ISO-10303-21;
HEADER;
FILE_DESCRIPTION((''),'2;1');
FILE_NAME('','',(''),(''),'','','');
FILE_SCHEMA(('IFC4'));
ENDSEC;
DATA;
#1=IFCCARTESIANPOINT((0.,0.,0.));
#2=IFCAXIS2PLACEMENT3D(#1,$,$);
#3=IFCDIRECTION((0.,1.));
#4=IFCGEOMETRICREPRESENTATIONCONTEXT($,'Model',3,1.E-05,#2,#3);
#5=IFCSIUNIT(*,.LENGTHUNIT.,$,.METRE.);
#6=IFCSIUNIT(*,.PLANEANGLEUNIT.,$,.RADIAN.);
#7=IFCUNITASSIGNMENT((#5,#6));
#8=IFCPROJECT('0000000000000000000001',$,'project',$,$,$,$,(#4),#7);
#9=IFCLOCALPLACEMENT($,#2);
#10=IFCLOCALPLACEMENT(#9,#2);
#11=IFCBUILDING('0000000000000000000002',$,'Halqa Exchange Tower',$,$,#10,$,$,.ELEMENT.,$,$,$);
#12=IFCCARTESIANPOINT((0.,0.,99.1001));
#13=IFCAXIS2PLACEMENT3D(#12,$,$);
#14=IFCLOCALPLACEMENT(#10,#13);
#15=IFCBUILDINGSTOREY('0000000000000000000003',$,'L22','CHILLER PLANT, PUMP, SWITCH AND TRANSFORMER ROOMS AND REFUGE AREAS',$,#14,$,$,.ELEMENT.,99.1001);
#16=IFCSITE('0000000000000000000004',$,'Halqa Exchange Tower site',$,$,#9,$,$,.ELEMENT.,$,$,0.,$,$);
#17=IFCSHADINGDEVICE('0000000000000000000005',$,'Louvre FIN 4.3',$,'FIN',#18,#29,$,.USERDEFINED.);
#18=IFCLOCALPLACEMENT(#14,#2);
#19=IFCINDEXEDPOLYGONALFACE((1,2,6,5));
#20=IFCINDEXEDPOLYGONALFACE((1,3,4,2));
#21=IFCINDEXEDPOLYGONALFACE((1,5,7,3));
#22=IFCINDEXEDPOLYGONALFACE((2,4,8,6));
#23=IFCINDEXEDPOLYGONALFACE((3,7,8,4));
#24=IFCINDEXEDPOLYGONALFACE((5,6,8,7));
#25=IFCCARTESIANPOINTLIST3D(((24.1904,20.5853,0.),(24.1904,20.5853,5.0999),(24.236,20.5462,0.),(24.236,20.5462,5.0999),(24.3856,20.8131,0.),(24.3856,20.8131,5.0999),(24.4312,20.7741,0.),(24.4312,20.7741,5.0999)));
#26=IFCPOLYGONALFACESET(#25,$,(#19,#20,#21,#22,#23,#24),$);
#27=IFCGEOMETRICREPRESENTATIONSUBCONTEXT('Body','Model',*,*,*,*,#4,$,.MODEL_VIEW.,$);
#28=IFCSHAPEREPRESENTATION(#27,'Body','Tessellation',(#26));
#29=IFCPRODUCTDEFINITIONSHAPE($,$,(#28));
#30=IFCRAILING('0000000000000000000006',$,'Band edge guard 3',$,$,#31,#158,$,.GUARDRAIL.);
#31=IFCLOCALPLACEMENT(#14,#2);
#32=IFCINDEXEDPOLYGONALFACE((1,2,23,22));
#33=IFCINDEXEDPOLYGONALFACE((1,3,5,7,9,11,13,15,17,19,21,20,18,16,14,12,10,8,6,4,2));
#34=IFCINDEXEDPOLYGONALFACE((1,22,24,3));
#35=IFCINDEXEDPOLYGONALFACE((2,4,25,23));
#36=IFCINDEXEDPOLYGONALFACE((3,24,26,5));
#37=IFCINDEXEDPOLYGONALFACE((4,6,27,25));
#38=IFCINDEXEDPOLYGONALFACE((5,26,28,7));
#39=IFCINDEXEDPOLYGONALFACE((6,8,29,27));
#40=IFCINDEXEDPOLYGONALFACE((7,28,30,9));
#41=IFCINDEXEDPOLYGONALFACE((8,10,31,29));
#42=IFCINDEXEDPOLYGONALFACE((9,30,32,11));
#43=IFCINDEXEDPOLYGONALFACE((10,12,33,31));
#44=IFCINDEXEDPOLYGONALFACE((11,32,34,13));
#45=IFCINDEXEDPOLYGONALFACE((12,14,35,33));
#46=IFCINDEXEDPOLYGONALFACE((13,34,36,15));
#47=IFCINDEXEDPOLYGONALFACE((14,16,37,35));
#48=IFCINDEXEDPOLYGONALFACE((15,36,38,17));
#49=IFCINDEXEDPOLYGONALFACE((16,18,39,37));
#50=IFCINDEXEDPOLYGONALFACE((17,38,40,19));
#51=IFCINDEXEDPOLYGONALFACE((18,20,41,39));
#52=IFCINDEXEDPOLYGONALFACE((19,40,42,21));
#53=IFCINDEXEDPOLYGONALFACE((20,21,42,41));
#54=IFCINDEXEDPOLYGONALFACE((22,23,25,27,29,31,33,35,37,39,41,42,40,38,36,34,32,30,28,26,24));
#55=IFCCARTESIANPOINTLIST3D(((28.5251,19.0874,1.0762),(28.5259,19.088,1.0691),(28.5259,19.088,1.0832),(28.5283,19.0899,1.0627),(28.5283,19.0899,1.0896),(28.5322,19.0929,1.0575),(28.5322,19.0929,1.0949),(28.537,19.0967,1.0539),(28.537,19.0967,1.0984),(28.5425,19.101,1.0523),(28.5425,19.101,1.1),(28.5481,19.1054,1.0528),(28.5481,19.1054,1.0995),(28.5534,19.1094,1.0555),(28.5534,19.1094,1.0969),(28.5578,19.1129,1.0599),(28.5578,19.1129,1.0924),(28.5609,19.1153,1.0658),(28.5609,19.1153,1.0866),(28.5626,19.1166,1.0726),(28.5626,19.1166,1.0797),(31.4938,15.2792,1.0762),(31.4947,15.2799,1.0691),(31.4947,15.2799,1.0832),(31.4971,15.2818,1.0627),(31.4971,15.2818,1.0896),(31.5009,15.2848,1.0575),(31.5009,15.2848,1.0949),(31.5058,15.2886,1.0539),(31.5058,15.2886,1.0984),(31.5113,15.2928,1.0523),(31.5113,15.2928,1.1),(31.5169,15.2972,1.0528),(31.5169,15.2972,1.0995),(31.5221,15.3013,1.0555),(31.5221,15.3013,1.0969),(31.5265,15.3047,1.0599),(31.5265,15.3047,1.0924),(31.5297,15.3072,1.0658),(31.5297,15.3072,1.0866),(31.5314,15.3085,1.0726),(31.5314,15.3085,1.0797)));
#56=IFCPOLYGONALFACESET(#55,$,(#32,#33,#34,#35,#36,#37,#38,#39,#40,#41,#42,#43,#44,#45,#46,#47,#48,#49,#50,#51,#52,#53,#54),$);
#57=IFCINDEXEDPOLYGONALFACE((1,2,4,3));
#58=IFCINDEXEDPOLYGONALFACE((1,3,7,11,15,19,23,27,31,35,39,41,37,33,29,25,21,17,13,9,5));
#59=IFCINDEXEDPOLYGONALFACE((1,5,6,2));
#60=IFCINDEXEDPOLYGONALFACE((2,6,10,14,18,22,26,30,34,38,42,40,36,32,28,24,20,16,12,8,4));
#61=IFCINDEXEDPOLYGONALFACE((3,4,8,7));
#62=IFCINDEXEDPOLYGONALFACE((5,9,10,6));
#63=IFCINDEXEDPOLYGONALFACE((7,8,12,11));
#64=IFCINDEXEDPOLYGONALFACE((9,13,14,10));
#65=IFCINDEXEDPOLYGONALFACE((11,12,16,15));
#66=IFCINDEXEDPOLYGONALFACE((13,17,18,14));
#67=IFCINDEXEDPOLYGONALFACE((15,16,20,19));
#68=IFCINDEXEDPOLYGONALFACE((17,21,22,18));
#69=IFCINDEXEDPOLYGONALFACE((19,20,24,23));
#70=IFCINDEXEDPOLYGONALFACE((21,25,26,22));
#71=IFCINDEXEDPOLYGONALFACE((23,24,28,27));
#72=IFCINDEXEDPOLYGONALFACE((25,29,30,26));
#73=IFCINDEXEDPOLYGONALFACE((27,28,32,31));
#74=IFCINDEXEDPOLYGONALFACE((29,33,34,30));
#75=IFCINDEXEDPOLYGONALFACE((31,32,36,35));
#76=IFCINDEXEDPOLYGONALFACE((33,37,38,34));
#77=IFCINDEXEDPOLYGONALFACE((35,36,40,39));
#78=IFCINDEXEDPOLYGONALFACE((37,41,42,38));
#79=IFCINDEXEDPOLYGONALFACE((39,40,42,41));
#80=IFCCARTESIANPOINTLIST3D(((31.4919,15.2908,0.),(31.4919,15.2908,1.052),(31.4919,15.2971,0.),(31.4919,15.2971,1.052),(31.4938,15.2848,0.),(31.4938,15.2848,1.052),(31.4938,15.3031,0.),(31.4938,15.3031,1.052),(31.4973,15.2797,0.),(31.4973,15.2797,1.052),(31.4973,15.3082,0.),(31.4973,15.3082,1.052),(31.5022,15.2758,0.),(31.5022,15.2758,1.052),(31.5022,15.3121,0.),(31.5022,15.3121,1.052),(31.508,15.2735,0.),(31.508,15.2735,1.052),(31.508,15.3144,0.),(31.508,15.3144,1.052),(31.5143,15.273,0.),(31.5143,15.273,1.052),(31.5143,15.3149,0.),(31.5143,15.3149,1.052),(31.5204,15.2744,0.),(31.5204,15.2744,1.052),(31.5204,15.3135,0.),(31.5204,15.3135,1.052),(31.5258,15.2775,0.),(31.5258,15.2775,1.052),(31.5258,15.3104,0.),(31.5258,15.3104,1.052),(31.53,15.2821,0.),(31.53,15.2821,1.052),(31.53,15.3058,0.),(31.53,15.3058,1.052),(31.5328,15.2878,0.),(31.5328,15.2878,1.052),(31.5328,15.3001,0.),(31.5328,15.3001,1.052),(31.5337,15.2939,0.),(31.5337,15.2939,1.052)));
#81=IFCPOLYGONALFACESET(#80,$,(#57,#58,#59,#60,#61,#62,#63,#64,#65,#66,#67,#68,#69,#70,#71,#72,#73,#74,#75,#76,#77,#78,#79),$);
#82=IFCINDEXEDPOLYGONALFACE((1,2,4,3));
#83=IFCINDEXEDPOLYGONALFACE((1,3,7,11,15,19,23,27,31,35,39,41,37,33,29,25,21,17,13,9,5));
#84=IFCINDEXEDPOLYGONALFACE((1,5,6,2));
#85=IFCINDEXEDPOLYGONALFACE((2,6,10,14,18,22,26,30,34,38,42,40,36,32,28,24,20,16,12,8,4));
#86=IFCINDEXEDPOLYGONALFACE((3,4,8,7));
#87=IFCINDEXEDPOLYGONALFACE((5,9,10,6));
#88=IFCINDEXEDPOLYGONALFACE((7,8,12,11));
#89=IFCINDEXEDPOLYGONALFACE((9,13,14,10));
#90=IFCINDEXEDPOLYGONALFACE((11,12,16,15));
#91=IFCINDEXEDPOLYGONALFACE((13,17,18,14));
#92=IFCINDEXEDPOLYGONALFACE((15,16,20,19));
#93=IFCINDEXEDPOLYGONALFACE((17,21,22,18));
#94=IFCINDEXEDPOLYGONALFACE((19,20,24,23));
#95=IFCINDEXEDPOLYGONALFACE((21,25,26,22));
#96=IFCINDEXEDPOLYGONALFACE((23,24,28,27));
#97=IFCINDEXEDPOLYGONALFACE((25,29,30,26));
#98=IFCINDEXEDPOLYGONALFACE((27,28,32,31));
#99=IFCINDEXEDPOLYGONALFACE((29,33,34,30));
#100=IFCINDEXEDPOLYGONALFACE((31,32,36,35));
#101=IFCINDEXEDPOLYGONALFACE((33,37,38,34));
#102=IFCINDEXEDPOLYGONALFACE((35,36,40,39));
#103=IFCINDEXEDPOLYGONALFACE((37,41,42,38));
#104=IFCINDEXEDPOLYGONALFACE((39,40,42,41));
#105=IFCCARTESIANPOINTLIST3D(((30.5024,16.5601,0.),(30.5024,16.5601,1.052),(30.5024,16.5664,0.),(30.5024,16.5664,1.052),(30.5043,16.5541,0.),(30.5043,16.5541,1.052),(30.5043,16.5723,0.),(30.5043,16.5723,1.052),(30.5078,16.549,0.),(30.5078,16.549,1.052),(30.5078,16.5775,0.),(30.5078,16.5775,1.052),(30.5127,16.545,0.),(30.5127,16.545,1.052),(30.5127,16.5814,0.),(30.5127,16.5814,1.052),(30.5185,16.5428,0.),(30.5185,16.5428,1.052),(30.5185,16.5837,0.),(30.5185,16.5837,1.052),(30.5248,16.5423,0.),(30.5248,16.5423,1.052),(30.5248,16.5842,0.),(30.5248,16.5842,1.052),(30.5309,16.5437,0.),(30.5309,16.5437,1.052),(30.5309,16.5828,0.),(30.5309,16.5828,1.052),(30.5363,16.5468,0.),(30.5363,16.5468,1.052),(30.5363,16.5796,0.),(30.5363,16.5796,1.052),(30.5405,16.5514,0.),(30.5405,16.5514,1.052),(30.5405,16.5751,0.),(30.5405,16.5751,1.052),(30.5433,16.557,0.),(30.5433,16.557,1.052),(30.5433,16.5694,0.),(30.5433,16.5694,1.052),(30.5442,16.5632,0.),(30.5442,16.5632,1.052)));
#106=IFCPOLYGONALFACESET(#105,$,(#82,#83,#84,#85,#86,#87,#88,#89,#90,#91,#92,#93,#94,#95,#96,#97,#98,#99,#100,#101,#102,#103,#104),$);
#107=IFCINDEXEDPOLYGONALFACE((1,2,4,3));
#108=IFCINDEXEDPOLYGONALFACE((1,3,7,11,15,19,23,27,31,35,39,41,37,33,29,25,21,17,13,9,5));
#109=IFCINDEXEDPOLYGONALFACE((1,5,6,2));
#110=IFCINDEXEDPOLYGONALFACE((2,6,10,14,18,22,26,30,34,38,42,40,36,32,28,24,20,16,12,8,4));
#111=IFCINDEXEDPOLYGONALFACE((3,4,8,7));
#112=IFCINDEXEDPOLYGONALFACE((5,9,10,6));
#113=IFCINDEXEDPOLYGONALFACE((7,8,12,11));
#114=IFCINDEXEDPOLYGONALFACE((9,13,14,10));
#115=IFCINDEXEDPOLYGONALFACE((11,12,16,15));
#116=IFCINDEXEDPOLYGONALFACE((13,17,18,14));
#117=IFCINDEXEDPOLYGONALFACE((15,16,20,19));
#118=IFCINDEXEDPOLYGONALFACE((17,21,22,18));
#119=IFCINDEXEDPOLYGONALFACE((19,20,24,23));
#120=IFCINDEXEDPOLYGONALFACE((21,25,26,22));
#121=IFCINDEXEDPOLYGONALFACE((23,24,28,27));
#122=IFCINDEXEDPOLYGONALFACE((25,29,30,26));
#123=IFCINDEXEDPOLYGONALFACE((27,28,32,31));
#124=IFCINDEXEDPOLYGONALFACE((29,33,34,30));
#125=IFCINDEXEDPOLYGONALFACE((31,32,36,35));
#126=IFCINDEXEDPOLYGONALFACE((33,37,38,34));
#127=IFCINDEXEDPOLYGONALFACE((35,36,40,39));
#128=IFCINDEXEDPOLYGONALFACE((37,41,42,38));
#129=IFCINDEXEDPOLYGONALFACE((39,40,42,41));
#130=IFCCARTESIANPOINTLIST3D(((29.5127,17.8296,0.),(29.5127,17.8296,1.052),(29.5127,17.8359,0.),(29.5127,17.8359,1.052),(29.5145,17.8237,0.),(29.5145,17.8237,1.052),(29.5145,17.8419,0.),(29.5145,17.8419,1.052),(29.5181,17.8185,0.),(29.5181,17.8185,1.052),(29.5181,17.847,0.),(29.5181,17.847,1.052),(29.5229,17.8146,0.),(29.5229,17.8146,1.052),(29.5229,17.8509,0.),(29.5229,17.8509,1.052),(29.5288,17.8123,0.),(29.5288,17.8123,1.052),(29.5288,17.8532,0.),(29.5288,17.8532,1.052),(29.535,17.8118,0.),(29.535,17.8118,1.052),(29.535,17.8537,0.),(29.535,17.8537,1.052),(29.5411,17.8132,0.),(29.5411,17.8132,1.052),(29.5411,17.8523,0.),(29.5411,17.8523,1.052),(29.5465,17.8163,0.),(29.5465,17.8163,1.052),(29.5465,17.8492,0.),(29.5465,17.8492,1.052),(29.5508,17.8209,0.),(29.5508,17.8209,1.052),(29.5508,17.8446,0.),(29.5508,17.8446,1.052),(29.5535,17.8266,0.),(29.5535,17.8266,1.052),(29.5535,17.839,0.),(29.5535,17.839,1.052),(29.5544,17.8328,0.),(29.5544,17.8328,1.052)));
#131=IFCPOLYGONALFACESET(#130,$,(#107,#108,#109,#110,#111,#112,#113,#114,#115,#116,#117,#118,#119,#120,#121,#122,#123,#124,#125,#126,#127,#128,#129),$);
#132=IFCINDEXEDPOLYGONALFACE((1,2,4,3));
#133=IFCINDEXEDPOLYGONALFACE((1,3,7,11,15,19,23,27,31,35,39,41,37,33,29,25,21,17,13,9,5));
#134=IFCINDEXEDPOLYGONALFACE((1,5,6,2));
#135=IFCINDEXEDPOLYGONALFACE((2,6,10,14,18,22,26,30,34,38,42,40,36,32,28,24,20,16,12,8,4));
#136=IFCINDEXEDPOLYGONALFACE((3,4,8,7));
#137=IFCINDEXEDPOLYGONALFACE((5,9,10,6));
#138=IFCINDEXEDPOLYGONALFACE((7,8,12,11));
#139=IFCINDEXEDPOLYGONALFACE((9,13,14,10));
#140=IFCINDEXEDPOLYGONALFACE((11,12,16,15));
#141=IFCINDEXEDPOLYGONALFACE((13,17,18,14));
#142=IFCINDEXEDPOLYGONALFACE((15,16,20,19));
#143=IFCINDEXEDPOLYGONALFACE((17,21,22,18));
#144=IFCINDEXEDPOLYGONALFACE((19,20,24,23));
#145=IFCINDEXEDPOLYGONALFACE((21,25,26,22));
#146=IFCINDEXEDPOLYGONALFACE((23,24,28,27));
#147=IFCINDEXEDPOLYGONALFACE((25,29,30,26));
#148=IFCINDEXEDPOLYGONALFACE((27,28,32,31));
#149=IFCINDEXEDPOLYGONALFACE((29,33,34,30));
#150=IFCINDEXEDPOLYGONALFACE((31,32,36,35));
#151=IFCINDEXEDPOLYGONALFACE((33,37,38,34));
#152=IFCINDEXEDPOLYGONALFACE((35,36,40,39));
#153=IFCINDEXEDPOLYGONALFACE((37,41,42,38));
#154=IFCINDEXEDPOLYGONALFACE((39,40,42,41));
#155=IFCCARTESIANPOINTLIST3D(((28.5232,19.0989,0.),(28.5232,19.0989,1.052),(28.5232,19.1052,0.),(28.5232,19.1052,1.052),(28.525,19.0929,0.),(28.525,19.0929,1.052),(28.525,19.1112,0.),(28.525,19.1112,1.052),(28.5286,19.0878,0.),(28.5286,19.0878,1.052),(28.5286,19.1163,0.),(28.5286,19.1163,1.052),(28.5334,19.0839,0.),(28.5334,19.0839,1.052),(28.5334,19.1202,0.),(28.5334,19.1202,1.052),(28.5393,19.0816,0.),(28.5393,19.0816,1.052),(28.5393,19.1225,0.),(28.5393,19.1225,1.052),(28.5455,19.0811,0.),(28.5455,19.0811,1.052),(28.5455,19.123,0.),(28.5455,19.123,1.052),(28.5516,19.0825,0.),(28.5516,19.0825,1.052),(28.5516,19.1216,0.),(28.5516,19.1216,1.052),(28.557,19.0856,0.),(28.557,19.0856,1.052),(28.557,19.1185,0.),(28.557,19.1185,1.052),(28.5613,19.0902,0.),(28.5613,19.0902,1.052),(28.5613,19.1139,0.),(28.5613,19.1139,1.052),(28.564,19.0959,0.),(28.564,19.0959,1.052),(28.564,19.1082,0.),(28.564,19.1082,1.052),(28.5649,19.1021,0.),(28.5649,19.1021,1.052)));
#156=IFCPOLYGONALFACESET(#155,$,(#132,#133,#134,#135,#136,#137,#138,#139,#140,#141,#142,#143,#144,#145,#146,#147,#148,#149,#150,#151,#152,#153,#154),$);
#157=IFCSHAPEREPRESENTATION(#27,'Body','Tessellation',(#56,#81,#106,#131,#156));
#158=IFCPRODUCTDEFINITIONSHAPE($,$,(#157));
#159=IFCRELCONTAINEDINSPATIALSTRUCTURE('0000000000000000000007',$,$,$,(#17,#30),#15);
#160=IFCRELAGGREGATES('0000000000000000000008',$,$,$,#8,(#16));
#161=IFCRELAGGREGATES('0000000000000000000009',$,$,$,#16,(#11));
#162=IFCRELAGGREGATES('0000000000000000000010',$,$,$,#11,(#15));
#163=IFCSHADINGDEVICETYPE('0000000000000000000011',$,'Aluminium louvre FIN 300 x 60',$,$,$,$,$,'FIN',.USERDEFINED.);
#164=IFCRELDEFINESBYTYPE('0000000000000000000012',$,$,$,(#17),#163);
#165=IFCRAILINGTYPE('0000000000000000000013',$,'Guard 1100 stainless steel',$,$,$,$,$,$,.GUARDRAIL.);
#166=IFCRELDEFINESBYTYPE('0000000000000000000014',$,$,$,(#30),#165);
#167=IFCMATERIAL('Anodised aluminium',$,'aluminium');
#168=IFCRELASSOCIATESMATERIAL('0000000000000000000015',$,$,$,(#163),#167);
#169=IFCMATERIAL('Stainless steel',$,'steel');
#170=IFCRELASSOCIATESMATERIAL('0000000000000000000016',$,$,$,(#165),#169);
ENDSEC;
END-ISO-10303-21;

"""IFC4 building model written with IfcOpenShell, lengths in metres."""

from ifc_helpers import new_model, si_unit, direction, frame, origin, origin_2d, place, context, subcontext, project, spatial, rectangle, circle, extrude, material, material_profile, profile_set, type_object, element, save


model = new_model("IFC4")

# Units and contexts
model_context = context("Model", 3, precision=1e-05, world=origin(), true_north=direction((0.0, 1.0)))
body_context = subcontext(model_context, "Body", "Model", "MODEL_VIEW")
ifc_project = project(units=[si_unit("LENGTHUNIT", "METRE"), si_unit("PLANEANGLEUNIT", "RADIAN")], contexts=[model_context])

# Site, building, storey
site_placement = place(None, origin())
site = spatial("IfcSite", under=ifc_project, at=site_placement, Name="Halqa Exchange Tower site", CompositionType="ELEMENT", RefElevation=0.0)
building_placement = place(site_placement, origin())
building = spatial("IfcBuilding", under=site, at=building_placement, Name="Halqa Exchange Tower", CompositionType="ELEMENT")
storey_placement = place(building_placement, frame((0.0, 0.0, 99.1001)))
storey = spatial("IfcBuildingStorey", under=building, at=storey_placement, Name="L22", Description="CHILLER PLANT, PUMP, SWITCH AND TRANSFORMER ROOMS AND REFUGE AREAS", CompositionType="ELEMENT", Elevation=99.1001)

# Shading device
ifc_material_1 = material(Name="Anodised aluminium", Category="aluminium")
ifc_material_profile_1 = material_profile(ifc_material_1, rectangle(XDim=0.3, YDim=0.0601, at=origin_2d()), Name="AL FIN 300x60")
ifc_profile_set_1 = profile_set([ifc_material_profile_1], Name="Anodised aluminium")
shading_device_type = type_object("IfcShadingDeviceType", Name="Aluminium louvre FIN 300 x 60", ElementType="FIN", PredefinedType="USERDEFINED", material=ifc_profile_set_1)
for number, where, z_axis, x_axis, name in (
    (1, (24.3108, 20.6797, 0.0), (0.0, 0.0, 1.0), (-0.650785, -0.759262, 0.0), "Louvre FIN 4.3"),
):
    element("IfcShadingDevice", number, at=place(storey_placement, frame(where, z_axis=z_axis, x_axis=x_axis)), inside=storey, type_object=shading_device_type, Name=name, ObjectType="FIN", PredefinedType="USERDEFINED", context=body_context, shape_type="SweptSolid", body=[
        extrude(rectangle(XDim=0.3, YDim=0.0601, at=origin_2d()), origin(), (0.0, 0.0, 1.0), 5.0999),
    ])

# Railing
ifc_material_2 = material(Name="Stainless steel", Category="steel")
railing_type = type_object("IfcRailingType", Name="Guard 1100 stainless steel", PredefinedType="GUARDRAIL", material=ifc_material_2)
railing_1_placement = place(storey_placement, frame((31.5127, 15.2939, 0.0)))
element("IfcRailing", 2, at=railing_1_placement, inside=storey, type_object=railing_type, Name="Band edge guard 3", PredefinedType="GUARDRAIL", context=body_context, shape_type="SweptSolid", body=[
    extrude(circle(Radius=0.0239, at=origin_2d()), frame((0.0, 0.0, 1.0762), z_axis=(-0.614829, 0.78866, 0.0), x_axis=(-0.78866, -0.614829, 0.0)), (0.0, 0.0, 1.0), 4.8286),
    extrude(circle(Radius=0.021, at=origin_2d()), origin(), (0.0, 0.0, 1.0), 1.052),
    extrude(circle(Radius=0.021, at=origin_2d()), frame((-0.9895, 1.2693, 0.0)), (0.0, 0.0, 1.0), 1.052),
    extrude(circle(Radius=0.021, at=origin_2d()), frame((-1.9792, 2.5388, 0.0)), (0.0, 0.0, 1.0), 1.052),
    extrude(circle(Radius=0.021, at=origin_2d()), frame((-2.9688, 3.8081, 0.0)), (0.0, 0.0, 1.0), 1.052),
])

save(model, "model.ifc")
